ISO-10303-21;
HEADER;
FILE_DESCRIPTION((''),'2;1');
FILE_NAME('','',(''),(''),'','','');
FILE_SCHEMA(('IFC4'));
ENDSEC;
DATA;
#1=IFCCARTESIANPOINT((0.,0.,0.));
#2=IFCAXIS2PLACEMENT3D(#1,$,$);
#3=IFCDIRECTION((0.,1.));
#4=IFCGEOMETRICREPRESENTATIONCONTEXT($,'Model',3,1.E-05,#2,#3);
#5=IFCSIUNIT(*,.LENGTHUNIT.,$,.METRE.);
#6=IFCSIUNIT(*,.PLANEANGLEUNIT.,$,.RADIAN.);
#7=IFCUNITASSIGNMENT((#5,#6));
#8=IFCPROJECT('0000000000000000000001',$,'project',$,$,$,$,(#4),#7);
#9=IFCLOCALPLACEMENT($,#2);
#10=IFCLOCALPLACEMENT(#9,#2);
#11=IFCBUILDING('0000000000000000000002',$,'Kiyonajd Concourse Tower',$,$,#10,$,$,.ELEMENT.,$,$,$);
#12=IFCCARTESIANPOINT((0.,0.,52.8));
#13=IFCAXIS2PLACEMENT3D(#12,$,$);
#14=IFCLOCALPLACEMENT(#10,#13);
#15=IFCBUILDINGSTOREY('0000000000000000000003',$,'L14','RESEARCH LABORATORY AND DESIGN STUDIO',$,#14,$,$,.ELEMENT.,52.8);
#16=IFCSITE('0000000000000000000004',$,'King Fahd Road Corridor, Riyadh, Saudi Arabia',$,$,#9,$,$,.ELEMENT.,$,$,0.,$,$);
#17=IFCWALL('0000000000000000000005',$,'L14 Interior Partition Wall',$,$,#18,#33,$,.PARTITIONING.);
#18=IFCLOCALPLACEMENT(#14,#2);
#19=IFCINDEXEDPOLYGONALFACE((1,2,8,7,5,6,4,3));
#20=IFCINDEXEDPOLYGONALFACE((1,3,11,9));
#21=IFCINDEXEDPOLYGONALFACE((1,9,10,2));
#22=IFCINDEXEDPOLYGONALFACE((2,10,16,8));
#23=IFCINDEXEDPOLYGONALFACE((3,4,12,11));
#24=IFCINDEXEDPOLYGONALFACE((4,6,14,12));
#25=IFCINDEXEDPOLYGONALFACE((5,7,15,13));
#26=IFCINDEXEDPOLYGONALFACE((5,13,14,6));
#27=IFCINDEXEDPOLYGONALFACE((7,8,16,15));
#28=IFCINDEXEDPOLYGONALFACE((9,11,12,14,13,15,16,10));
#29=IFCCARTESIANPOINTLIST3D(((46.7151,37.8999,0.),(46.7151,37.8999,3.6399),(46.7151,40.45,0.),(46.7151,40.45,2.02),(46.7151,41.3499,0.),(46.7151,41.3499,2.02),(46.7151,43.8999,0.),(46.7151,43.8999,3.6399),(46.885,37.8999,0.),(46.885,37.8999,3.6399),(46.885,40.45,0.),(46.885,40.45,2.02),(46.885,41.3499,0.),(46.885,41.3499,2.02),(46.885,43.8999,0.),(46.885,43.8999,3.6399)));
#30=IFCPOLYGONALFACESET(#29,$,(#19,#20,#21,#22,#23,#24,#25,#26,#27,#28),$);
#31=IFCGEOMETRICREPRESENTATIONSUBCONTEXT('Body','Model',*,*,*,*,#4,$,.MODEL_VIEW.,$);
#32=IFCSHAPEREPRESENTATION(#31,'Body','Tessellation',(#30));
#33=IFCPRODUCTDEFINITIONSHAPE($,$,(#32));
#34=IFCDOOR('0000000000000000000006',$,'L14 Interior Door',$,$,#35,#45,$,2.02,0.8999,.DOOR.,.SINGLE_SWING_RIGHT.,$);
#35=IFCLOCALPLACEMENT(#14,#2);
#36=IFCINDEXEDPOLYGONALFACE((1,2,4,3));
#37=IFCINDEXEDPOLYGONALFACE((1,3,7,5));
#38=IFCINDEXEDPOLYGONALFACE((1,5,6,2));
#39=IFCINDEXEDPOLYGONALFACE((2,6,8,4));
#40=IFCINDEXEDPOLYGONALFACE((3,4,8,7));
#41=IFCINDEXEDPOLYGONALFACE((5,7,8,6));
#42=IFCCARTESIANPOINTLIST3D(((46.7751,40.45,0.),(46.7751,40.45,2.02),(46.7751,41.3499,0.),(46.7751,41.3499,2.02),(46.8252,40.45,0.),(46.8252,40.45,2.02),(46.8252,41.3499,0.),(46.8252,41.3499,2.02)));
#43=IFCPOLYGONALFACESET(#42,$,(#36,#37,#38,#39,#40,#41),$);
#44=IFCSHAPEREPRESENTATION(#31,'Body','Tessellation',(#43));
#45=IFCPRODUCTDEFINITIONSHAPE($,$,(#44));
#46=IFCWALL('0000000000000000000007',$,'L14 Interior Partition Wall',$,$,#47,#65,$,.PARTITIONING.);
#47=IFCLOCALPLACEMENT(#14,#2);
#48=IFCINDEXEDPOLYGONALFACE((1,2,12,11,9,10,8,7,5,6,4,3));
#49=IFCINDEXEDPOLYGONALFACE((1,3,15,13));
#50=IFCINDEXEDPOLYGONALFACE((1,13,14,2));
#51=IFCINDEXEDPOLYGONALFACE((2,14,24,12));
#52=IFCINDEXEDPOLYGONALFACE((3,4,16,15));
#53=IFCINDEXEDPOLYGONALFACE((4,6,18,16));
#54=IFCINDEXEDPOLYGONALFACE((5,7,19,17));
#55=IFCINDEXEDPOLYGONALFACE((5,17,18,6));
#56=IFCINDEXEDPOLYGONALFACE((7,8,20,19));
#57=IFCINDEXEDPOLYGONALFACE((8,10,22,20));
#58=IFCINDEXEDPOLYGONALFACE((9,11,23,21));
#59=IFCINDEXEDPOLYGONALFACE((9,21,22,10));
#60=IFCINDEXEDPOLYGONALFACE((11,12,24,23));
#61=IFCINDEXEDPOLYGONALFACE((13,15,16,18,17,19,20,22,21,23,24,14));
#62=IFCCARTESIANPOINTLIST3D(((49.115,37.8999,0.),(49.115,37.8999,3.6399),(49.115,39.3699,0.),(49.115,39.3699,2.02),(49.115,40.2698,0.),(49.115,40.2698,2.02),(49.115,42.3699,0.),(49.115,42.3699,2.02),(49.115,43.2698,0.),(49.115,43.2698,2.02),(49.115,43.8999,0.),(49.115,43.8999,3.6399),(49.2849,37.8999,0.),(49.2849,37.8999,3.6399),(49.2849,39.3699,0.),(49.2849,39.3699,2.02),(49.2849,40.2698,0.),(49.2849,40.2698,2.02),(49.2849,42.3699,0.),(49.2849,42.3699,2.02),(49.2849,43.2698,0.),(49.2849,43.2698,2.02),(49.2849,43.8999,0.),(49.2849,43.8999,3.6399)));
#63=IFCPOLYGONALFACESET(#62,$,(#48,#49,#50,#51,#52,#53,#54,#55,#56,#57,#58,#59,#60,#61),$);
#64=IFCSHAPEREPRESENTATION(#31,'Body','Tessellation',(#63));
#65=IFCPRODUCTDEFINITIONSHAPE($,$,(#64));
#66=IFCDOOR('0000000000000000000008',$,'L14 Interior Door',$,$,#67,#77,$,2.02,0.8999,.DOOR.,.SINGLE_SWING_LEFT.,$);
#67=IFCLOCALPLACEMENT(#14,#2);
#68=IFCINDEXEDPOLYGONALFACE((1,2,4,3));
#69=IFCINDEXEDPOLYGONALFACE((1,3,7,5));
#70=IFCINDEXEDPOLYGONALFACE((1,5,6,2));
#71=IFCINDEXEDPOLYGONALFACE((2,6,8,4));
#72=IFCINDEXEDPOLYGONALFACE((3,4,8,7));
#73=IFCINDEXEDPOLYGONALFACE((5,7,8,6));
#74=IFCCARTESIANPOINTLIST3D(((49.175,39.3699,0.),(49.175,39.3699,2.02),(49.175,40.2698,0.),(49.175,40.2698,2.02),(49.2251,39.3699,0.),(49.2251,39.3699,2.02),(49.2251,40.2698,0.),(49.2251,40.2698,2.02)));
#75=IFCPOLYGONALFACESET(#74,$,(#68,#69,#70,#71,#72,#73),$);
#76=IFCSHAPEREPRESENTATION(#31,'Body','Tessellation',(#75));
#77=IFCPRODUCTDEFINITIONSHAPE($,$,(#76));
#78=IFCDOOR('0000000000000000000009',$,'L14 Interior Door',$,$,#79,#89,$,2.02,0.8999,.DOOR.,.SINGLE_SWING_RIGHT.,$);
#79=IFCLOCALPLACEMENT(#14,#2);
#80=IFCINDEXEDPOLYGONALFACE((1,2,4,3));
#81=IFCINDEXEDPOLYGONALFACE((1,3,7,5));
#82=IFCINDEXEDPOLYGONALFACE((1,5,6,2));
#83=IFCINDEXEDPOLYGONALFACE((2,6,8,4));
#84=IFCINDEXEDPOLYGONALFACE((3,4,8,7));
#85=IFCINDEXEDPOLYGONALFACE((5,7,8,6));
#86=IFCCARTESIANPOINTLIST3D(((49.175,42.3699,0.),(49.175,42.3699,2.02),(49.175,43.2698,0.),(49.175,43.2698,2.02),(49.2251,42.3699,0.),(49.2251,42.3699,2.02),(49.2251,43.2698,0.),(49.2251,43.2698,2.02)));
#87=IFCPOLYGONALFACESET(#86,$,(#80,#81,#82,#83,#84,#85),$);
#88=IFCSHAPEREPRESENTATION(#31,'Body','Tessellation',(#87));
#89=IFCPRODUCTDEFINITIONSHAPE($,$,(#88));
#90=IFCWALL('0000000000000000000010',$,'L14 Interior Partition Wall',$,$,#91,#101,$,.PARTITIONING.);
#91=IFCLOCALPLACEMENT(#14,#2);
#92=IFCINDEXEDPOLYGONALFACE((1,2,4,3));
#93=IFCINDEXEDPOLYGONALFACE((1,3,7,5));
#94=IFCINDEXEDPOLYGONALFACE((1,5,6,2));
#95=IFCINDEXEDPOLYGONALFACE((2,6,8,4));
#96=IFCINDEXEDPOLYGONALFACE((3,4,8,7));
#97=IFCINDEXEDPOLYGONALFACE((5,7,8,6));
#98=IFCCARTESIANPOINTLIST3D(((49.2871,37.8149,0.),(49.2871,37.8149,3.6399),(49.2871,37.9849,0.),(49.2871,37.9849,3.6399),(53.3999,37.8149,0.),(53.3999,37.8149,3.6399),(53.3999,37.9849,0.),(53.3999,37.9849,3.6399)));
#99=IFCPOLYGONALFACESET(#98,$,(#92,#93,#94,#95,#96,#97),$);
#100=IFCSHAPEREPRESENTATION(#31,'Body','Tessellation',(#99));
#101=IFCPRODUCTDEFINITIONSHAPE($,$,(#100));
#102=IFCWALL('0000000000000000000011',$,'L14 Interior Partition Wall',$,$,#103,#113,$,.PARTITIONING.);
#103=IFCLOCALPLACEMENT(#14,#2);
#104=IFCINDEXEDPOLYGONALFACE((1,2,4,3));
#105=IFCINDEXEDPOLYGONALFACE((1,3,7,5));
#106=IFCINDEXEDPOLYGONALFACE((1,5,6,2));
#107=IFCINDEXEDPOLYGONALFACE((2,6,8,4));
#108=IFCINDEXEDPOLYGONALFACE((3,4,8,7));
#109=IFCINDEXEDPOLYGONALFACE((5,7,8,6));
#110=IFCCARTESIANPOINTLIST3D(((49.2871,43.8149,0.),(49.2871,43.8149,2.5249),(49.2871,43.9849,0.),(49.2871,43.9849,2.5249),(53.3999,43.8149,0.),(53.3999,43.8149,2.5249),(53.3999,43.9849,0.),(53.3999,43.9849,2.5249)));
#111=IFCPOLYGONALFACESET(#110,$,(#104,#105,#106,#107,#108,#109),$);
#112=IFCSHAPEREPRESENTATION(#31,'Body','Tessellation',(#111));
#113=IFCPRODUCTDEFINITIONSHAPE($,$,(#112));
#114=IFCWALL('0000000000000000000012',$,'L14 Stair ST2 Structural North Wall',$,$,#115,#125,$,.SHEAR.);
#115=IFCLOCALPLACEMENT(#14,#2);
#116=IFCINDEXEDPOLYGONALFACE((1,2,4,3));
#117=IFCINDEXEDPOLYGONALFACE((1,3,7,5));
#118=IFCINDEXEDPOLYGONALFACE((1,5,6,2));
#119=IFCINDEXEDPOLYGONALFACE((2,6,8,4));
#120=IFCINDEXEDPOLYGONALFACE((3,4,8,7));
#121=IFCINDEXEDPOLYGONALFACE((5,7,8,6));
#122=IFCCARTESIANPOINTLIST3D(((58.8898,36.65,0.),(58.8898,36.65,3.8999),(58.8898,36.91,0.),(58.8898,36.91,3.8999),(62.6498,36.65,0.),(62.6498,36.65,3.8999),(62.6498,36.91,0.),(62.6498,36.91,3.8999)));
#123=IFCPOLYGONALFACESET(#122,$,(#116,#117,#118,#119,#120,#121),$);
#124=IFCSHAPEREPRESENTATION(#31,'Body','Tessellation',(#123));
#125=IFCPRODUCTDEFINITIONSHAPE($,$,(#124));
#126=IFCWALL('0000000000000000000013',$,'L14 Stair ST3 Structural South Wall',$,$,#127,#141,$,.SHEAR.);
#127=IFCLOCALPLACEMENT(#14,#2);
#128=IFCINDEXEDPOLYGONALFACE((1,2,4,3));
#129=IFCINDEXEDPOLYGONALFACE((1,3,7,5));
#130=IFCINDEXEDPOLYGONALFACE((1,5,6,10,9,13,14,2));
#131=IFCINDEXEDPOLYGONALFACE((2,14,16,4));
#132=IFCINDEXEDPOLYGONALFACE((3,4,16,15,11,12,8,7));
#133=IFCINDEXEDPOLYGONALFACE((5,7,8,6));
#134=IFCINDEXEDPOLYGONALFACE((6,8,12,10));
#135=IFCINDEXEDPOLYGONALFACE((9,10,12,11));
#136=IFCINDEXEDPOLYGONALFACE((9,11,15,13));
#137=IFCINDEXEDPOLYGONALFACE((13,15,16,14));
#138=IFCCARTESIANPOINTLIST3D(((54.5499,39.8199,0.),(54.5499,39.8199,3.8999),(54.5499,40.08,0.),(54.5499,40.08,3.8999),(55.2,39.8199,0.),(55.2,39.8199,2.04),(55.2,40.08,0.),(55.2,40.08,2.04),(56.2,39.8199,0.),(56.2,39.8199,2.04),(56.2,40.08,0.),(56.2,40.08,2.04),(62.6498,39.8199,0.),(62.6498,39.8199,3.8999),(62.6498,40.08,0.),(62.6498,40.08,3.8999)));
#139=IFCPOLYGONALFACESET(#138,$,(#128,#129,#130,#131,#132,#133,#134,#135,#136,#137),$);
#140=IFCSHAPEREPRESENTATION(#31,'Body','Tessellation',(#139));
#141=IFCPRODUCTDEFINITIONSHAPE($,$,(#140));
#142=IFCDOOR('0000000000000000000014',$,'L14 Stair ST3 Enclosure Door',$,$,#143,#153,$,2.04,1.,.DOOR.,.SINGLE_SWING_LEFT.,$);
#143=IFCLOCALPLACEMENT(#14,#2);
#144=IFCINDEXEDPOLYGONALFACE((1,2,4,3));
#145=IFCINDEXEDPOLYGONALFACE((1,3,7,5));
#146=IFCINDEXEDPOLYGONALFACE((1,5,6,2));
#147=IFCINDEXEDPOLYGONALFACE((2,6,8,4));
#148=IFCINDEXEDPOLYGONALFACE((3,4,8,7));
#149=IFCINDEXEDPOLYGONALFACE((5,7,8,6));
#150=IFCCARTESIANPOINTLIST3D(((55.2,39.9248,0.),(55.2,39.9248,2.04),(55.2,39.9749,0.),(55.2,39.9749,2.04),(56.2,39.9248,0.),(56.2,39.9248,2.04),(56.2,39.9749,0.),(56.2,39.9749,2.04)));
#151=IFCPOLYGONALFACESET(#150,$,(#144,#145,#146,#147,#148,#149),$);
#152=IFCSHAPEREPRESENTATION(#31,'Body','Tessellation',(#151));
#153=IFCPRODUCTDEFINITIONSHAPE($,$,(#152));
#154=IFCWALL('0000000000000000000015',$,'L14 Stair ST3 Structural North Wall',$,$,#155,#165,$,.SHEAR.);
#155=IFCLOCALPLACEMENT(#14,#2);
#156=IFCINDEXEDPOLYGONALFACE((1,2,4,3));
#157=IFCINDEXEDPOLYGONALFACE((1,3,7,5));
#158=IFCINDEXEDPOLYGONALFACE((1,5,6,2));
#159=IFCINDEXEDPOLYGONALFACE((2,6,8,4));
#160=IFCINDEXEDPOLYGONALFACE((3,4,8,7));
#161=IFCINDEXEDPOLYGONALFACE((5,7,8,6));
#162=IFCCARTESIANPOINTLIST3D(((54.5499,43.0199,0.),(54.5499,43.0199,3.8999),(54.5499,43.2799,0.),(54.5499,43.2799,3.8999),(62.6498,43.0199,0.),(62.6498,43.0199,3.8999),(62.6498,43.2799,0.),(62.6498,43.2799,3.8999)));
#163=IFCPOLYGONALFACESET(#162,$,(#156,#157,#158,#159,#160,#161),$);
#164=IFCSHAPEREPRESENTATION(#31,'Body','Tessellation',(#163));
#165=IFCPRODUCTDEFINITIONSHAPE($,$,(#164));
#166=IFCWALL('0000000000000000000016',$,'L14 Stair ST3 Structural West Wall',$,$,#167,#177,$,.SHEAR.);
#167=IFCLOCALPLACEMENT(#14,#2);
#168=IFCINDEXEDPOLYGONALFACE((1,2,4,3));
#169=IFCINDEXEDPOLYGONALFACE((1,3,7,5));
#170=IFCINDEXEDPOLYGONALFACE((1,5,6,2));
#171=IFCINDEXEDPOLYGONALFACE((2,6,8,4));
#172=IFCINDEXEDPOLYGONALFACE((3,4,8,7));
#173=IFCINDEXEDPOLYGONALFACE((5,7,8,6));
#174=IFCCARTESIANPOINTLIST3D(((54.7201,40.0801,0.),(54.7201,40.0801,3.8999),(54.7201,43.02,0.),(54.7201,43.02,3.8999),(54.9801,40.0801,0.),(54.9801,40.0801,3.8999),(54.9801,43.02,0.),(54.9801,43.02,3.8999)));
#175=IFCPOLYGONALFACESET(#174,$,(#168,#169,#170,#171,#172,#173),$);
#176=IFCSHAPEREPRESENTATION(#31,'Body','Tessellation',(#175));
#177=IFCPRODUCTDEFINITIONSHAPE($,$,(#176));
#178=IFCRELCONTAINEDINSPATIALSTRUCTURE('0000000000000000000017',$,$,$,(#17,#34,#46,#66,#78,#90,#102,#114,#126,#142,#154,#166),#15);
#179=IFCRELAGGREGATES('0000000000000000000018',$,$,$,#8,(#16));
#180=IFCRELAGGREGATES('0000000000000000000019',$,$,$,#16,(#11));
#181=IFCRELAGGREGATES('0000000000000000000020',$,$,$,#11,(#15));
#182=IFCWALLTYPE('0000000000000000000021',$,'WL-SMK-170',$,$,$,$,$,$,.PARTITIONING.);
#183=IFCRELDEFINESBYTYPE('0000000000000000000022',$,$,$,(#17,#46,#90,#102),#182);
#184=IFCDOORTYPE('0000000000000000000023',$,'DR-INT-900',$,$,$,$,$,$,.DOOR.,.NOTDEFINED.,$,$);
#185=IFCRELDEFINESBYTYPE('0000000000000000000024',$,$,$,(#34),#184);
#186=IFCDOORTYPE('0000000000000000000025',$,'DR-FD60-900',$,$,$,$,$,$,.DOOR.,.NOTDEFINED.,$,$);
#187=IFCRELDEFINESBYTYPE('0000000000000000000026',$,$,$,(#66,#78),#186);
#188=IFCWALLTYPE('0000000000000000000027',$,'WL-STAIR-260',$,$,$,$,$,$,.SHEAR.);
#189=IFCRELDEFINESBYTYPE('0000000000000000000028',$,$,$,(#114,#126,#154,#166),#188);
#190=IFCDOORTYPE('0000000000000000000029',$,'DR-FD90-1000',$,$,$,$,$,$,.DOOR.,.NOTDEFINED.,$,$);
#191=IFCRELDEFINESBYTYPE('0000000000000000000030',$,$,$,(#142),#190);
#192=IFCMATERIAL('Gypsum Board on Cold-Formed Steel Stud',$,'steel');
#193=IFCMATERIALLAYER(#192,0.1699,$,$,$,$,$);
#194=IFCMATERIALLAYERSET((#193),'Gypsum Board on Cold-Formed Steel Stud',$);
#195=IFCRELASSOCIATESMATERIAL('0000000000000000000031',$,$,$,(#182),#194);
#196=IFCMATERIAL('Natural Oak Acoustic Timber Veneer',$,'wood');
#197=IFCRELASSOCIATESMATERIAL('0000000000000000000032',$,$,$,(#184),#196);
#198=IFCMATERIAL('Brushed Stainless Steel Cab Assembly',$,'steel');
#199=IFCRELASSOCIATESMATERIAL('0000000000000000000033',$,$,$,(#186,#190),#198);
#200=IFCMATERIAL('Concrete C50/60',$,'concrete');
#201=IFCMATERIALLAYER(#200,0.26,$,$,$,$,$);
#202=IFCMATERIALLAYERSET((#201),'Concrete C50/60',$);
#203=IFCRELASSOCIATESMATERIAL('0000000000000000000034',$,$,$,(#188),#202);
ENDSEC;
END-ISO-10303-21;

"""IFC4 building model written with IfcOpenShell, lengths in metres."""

from ifc_helpers import new_model, si_unit, direction, frame, frame_2d, origin, place, context, subcontext, project, spatial, rectangle, extrude, material, layer, layer_set, type_object, element, fill, save


model = new_model("IFC4")

# Units and contexts
model_context = context("Model", 3, precision=1e-05, world=origin(), true_north=direction((0.0, 1.0)))
body_context = subcontext(model_context, "Body", "Model", "MODEL_VIEW")
ifc_project = project(units=[si_unit("LENGTHUNIT", "METRE"), si_unit("PLANEANGLEUNIT", "RADIAN")], contexts=[model_context])

# Site, building, storey
site_placement = place(None, origin())
site = spatial("IfcSite", under=ifc_project, at=site_placement, Name="King Fahd Road Corridor, Riyadh, Saudi Arabia", CompositionType="ELEMENT", RefElevation=0.0)
building_placement = place(site_placement, origin())
building = spatial("IfcBuilding", under=site, at=building_placement, Name="Kiyonajd Concourse Tower", CompositionType="ELEMENT")
storey_placement = place(building_placement, frame((0.0, 0.0, 52.8)))
storey = spatial("IfcBuildingStorey", under=building, at=storey_placement, Name="L14", Description="RESEARCH LABORATORY AND DESIGN STUDIO", CompositionType="ELEMENT", Elevation=52.8)

# Shared definitions
ifc_material_1 = material(Name="Concrete C50/60", Category="concrete")

# Shared definitions
ifc_material_2 = material(Name="Gypsum Board on Cold-Formed Steel Stud", Category="steel")
ifc_layer_1 = layer(ifc_material_2, 0.1699)
ifc_layer_set_1 = layer_set([ifc_layer_1], Name="Gypsum Board on Cold-Formed Steel Stud")
wall_type_1 = type_object("IfcWallType", Name="WL-SMK-170", PredefinedType="PARTITIONING", material=ifc_layer_set_1)

# Wall, opening, door
wall_1_placement = place(storey_placement, frame((46.8, 37.8999, 0.0), z_axis=(0.0, 0.0, 1.0), x_axis=(0.0, 1.0, 0.0)))
wall_1 = element("IfcWall", 1, at=wall_1_placement, inside=storey, type_object=wall_type_1, Name="L14 Interior Partition Wall", PredefinedType="PARTITIONING", context=body_context, shape_type="SweptSolid", body=[
    extrude(rectangle(XDim=6.0, YDim=0.1699, at=frame_2d((3.0, 0.0))), origin(), (0.0, 0.0, 1.0), 3.6399),
])
opening_1_placement = place(wall_1_placement, frame((2.55, 0.0, 0.0)))
opening_1 = element("IfcOpeningElement", 2, at=opening_1_placement, cuts=wall_1, PredefinedType="OPENING", context=body_context, shape_type="SweptSolid", body=[
    extrude(rectangle(XDim=0.8999, YDim=2.02, at=frame_2d((0.45, 1.01))), frame((0.0, 0.095, 0.0), z_axis=(0.0, -1.0, 0.0), x_axis=(1.0, 0.0, 0.0)), (0.0, 0.0, 1.0), 0.1899),
])
ifc_material_3 = material(Name="Natural Oak Acoustic Timber Veneer", Category="wood")
door_type_1 = type_object("IfcDoorType", Name="DR-INT-900", OperationType="NOTDEFINED", PredefinedType="DOOR", material=ifc_material_3)
door_1_placement = place(opening_1_placement, origin())
door_1 = element("IfcDoor", 3, at=door_1_placement, inside=storey, type_object=door_type_1, Name="L14 Interior Door", OperationType="SINGLE_SWING_RIGHT", OverallHeight=2.02, OverallWidth=0.8999, PredefinedType="DOOR", context=body_context, shape_type="SweptSolid", body=[
    extrude(rectangle(XDim=0.8999, YDim=2.02, at=frame_2d((0.45, 1.01))), frame((0.0, 0.0249, 0.0), z_axis=(0.0, -1.0, 0.0), x_axis=(1.0, 0.0, 0.0)), (0.0, 0.0, 1.0), 0.05),
])
fill(opening_1, door_1)

# Wall, openings, doors
wall_2_placement = place(storey_placement, frame((49.2, 37.8999, 0.0), z_axis=(0.0, 0.0, 1.0), x_axis=(0.0, 1.0, 0.0)))
wall_2 = element("IfcWall", 4, at=wall_2_placement, inside=storey, type_object=wall_type_1, Name="L14 Interior Partition Wall", PredefinedType="PARTITIONING", context=body_context, shape_type="SweptSolid", body=[
    extrude(rectangle(XDim=6.0, YDim=0.1699, at=frame_2d((3.0, 0.0))), origin(), (0.0, 0.0, 1.0), 3.6399),
])
opening_2_placement = place(wall_2_placement, frame((1.47, 0.0, 0.0)))
opening_2 = element("IfcOpeningElement", 5, at=opening_2_placement, cuts=wall_2, PredefinedType="OPENING", context=body_context, shape_type="SweptSolid", body=[
    extrude(rectangle(XDim=0.8999, YDim=2.02, at=frame_2d((0.45, 1.01))), frame((0.0, 0.095, 0.0), z_axis=(0.0, -1.0, 0.0), x_axis=(1.0, 0.0, 0.0)), (0.0, 0.0, 1.0), 0.1899),
])
opening_3_placement = place(wall_2_placement, frame((4.47, 0.0, 0.0)))
opening_3 = element("IfcOpeningElement", 6, at=opening_3_placement, cuts=wall_2, PredefinedType="OPENING", context=body_context, shape_type="SweptSolid", body=[
    extrude(rectangle(XDim=0.8999, YDim=2.02, at=frame_2d((0.45, 1.01))), frame((0.0, 0.095, 0.0), z_axis=(0.0, -1.0, 0.0), x_axis=(1.0, 0.0, 0.0)), (0.0, 0.0, 1.0), 0.1899),
])
ifc_material_4 = material(Name="Brushed Stainless Steel Cab Assembly", Category="steel")
door_type_2 = type_object("IfcDoorType", Name="DR-FD60-900", OperationType="NOTDEFINED", PredefinedType="DOOR", material=ifc_material_4)
door_2_placement = place(opening_2_placement, origin())
door_2 = element("IfcDoor", 7, at=door_2_placement, inside=storey, type_object=door_type_2, Name="L14 Interior Door", OperationType="SINGLE_SWING_LEFT", OverallHeight=2.02, OverallWidth=0.8999, PredefinedType="DOOR", context=body_context, shape_type="SweptSolid", body=[
    extrude(rectangle(XDim=0.8999, YDim=2.02, at=frame_2d((0.45, 1.01))), frame((0.0, 0.0249, 0.0), z_axis=(0.0, -1.0, 0.0), x_axis=(1.0, 0.0, 0.0)), (0.0, 0.0, 1.0), 0.05),
])
fill(opening_2, door_2)
door_3_placement = place(opening_3_placement, origin())
door_3 = element("IfcDoor", 8, at=door_3_placement, inside=storey, type_object=door_type_2, Name="L14 Interior Door", OperationType="SINGLE_SWING_RIGHT", OverallHeight=2.02, OverallWidth=0.8999, PredefinedType="DOOR", context=body_context, shape_type="SweptSolid", body=[
    extrude(rectangle(XDim=0.8999, YDim=2.02, at=frame_2d((0.45, 1.01))), frame((0.0, 0.0249, 0.0), z_axis=(0.0, -1.0, 0.0), x_axis=(1.0, 0.0, 0.0)), (0.0, 0.0, 1.0), 0.05),
])
fill(opening_3, door_3)

# Walls
wall_3_placement = place(storey_placement, frame((49.2871, 37.8999, 0.0), z_axis=(0.0, 0.0, 1.0), x_axis=(1.0, 0.0, 0.0)))
element("IfcWall", 9, at=wall_3_placement, inside=storey, type_object=wall_type_1, Name="L14 Interior Partition Wall", PredefinedType="PARTITIONING", context=body_context, shape_type="SweptSolid", body=[
    extrude(rectangle(XDim=4.1128, YDim=0.1699, at=frame_2d((2.0564, 0.0))), origin(), (0.0, 0.0, 1.0), 3.6399),
])
wall_4_placement = place(storey_placement, frame((49.2871, 43.8999, 0.0), z_axis=(0.0, 0.0, 1.0), x_axis=(1.0, 0.0, 0.0)))
element("IfcWall", 10, at=wall_4_placement, inside=storey, type_object=wall_type_1, Name="L14 Interior Partition Wall", PredefinedType="PARTITIONING", context=body_context, shape_type="SweptSolid", body=[
    extrude(rectangle(XDim=4.1128, YDim=0.1699, at=frame_2d((2.0564, 0.0))), origin(), (0.0, 0.0, 1.0), 2.5249),
])
ifc_layer_2 = layer(ifc_material_1, 0.26)
ifc_layer_set_2 = layer_set([ifc_layer_2], Name="Concrete C50/60")
wall_type_2 = type_object("IfcWallType", Name="WL-STAIR-260", PredefinedType="SHEAR", material=ifc_layer_set_2)
wall_5_placement = place(storey_placement, frame((58.8899, 36.78, 0.0), z_axis=(0.0, 0.0, 1.0), x_axis=(1.0, 0.0, 0.0)))
element("IfcWall", 11, at=wall_5_placement, inside=storey, type_object=wall_type_2, Name="L14 Stair ST2 Structural North Wall", PredefinedType="SHEAR", context=body_context, shape_type="SweptSolid", body=[
    extrude(rectangle(XDim=3.76, YDim=0.26, at=frame_2d((1.8799, 0.0))), origin(), (0.0, 0.0, 1.0), 3.8999),
])

# Wall, opening, door
wall_6_placement = place(storey_placement, frame((54.55, 39.95, 0.0), z_axis=(0.0, 0.0, 1.0), x_axis=(1.0, 0.0, 0.0)))
wall_6 = element("IfcWall", 12, at=wall_6_placement, inside=storey, type_object=wall_type_2, Name="L14 Stair ST3 Structural South Wall", PredefinedType="SHEAR", context=body_context, shape_type="SweptSolid", body=[
    extrude(rectangle(XDim=8.0999, YDim=0.26, at=frame_2d((4.0498, 0.0))), origin(), (0.0, 0.0, 1.0), 3.8999),
])
opening_4_placement = place(wall_6_placement, frame((0.6499, 0.0, 0.0)))
opening_4 = element("IfcOpeningElement", 13, at=opening_4_placement, cuts=wall_6, PredefinedType="OPENING", context=body_context, shape_type="SweptSolid", body=[
    extrude(rectangle(XDim=1.0, YDim=2.04, at=frame_2d((0.5, 1.02))), frame((0.0, 0.1399, 0.0), z_axis=(0.0, -1.0, 0.0), x_axis=(1.0, 0.0, 0.0)), (0.0, 0.0, 1.0), 0.28),
])
door_type_3 = type_object("IfcDoorType", Name="DR-FD90-1000", OperationType="NOTDEFINED", PredefinedType="DOOR", material=ifc_material_4)
door_4_placement = place(opening_4_placement, origin())
door_4 = element("IfcDoor", 14, at=door_4_placement, inside=storey, type_object=door_type_3, Name="L14 Stair ST3 Enclosure Door", OperationType="SINGLE_SWING_LEFT", OverallHeight=2.04, OverallWidth=1.0, PredefinedType="DOOR", context=body_context, shape_type="SweptSolid", body=[
    extrude(rectangle(XDim=1.0, YDim=2.04, at=frame_2d((0.5, 1.02))), frame((0.0, 0.0249, 0.0), z_axis=(0.0, -1.0, 0.0), x_axis=(1.0, 0.0, 0.0)), (0.0, 0.0, 1.0), 0.05),
])
fill(opening_4, door_4)

# Walls
wall_7_placement = place(storey_placement, frame((54.55, 43.1499, 0.0), z_axis=(0.0, 0.0, 1.0), x_axis=(1.0, 0.0, 0.0)))
element("IfcWall", 15, at=wall_7_placement, inside=storey, type_object=wall_type_2, Name="L14 Stair ST3 Structural North Wall", PredefinedType="SHEAR", context=body_context, shape_type="SweptSolid", body=[
    extrude(rectangle(XDim=8.0999, YDim=0.26, at=frame_2d((4.0498, 0.0))), origin(), (0.0, 0.0, 1.0), 3.8999),
])
wall_8_placement = place(storey_placement, frame((54.8501, 40.0801, 0.0), z_axis=(0.0, 0.0, 1.0), x_axis=(0.0, 1.0, 0.0)))
element("IfcWall", 16, at=wall_8_placement, inside=storey, type_object=wall_type_2, Name="L14 Stair ST3 Structural West Wall", PredefinedType="SHEAR", context=body_context, shape_type="SweptSolid", body=[
    extrude(rectangle(XDim=2.9399, YDim=0.26, at=frame_2d((1.47, 0.0))), origin(), (0.0, 0.0, 1.0), 3.8999),
])

save(model, "model.ifc")
